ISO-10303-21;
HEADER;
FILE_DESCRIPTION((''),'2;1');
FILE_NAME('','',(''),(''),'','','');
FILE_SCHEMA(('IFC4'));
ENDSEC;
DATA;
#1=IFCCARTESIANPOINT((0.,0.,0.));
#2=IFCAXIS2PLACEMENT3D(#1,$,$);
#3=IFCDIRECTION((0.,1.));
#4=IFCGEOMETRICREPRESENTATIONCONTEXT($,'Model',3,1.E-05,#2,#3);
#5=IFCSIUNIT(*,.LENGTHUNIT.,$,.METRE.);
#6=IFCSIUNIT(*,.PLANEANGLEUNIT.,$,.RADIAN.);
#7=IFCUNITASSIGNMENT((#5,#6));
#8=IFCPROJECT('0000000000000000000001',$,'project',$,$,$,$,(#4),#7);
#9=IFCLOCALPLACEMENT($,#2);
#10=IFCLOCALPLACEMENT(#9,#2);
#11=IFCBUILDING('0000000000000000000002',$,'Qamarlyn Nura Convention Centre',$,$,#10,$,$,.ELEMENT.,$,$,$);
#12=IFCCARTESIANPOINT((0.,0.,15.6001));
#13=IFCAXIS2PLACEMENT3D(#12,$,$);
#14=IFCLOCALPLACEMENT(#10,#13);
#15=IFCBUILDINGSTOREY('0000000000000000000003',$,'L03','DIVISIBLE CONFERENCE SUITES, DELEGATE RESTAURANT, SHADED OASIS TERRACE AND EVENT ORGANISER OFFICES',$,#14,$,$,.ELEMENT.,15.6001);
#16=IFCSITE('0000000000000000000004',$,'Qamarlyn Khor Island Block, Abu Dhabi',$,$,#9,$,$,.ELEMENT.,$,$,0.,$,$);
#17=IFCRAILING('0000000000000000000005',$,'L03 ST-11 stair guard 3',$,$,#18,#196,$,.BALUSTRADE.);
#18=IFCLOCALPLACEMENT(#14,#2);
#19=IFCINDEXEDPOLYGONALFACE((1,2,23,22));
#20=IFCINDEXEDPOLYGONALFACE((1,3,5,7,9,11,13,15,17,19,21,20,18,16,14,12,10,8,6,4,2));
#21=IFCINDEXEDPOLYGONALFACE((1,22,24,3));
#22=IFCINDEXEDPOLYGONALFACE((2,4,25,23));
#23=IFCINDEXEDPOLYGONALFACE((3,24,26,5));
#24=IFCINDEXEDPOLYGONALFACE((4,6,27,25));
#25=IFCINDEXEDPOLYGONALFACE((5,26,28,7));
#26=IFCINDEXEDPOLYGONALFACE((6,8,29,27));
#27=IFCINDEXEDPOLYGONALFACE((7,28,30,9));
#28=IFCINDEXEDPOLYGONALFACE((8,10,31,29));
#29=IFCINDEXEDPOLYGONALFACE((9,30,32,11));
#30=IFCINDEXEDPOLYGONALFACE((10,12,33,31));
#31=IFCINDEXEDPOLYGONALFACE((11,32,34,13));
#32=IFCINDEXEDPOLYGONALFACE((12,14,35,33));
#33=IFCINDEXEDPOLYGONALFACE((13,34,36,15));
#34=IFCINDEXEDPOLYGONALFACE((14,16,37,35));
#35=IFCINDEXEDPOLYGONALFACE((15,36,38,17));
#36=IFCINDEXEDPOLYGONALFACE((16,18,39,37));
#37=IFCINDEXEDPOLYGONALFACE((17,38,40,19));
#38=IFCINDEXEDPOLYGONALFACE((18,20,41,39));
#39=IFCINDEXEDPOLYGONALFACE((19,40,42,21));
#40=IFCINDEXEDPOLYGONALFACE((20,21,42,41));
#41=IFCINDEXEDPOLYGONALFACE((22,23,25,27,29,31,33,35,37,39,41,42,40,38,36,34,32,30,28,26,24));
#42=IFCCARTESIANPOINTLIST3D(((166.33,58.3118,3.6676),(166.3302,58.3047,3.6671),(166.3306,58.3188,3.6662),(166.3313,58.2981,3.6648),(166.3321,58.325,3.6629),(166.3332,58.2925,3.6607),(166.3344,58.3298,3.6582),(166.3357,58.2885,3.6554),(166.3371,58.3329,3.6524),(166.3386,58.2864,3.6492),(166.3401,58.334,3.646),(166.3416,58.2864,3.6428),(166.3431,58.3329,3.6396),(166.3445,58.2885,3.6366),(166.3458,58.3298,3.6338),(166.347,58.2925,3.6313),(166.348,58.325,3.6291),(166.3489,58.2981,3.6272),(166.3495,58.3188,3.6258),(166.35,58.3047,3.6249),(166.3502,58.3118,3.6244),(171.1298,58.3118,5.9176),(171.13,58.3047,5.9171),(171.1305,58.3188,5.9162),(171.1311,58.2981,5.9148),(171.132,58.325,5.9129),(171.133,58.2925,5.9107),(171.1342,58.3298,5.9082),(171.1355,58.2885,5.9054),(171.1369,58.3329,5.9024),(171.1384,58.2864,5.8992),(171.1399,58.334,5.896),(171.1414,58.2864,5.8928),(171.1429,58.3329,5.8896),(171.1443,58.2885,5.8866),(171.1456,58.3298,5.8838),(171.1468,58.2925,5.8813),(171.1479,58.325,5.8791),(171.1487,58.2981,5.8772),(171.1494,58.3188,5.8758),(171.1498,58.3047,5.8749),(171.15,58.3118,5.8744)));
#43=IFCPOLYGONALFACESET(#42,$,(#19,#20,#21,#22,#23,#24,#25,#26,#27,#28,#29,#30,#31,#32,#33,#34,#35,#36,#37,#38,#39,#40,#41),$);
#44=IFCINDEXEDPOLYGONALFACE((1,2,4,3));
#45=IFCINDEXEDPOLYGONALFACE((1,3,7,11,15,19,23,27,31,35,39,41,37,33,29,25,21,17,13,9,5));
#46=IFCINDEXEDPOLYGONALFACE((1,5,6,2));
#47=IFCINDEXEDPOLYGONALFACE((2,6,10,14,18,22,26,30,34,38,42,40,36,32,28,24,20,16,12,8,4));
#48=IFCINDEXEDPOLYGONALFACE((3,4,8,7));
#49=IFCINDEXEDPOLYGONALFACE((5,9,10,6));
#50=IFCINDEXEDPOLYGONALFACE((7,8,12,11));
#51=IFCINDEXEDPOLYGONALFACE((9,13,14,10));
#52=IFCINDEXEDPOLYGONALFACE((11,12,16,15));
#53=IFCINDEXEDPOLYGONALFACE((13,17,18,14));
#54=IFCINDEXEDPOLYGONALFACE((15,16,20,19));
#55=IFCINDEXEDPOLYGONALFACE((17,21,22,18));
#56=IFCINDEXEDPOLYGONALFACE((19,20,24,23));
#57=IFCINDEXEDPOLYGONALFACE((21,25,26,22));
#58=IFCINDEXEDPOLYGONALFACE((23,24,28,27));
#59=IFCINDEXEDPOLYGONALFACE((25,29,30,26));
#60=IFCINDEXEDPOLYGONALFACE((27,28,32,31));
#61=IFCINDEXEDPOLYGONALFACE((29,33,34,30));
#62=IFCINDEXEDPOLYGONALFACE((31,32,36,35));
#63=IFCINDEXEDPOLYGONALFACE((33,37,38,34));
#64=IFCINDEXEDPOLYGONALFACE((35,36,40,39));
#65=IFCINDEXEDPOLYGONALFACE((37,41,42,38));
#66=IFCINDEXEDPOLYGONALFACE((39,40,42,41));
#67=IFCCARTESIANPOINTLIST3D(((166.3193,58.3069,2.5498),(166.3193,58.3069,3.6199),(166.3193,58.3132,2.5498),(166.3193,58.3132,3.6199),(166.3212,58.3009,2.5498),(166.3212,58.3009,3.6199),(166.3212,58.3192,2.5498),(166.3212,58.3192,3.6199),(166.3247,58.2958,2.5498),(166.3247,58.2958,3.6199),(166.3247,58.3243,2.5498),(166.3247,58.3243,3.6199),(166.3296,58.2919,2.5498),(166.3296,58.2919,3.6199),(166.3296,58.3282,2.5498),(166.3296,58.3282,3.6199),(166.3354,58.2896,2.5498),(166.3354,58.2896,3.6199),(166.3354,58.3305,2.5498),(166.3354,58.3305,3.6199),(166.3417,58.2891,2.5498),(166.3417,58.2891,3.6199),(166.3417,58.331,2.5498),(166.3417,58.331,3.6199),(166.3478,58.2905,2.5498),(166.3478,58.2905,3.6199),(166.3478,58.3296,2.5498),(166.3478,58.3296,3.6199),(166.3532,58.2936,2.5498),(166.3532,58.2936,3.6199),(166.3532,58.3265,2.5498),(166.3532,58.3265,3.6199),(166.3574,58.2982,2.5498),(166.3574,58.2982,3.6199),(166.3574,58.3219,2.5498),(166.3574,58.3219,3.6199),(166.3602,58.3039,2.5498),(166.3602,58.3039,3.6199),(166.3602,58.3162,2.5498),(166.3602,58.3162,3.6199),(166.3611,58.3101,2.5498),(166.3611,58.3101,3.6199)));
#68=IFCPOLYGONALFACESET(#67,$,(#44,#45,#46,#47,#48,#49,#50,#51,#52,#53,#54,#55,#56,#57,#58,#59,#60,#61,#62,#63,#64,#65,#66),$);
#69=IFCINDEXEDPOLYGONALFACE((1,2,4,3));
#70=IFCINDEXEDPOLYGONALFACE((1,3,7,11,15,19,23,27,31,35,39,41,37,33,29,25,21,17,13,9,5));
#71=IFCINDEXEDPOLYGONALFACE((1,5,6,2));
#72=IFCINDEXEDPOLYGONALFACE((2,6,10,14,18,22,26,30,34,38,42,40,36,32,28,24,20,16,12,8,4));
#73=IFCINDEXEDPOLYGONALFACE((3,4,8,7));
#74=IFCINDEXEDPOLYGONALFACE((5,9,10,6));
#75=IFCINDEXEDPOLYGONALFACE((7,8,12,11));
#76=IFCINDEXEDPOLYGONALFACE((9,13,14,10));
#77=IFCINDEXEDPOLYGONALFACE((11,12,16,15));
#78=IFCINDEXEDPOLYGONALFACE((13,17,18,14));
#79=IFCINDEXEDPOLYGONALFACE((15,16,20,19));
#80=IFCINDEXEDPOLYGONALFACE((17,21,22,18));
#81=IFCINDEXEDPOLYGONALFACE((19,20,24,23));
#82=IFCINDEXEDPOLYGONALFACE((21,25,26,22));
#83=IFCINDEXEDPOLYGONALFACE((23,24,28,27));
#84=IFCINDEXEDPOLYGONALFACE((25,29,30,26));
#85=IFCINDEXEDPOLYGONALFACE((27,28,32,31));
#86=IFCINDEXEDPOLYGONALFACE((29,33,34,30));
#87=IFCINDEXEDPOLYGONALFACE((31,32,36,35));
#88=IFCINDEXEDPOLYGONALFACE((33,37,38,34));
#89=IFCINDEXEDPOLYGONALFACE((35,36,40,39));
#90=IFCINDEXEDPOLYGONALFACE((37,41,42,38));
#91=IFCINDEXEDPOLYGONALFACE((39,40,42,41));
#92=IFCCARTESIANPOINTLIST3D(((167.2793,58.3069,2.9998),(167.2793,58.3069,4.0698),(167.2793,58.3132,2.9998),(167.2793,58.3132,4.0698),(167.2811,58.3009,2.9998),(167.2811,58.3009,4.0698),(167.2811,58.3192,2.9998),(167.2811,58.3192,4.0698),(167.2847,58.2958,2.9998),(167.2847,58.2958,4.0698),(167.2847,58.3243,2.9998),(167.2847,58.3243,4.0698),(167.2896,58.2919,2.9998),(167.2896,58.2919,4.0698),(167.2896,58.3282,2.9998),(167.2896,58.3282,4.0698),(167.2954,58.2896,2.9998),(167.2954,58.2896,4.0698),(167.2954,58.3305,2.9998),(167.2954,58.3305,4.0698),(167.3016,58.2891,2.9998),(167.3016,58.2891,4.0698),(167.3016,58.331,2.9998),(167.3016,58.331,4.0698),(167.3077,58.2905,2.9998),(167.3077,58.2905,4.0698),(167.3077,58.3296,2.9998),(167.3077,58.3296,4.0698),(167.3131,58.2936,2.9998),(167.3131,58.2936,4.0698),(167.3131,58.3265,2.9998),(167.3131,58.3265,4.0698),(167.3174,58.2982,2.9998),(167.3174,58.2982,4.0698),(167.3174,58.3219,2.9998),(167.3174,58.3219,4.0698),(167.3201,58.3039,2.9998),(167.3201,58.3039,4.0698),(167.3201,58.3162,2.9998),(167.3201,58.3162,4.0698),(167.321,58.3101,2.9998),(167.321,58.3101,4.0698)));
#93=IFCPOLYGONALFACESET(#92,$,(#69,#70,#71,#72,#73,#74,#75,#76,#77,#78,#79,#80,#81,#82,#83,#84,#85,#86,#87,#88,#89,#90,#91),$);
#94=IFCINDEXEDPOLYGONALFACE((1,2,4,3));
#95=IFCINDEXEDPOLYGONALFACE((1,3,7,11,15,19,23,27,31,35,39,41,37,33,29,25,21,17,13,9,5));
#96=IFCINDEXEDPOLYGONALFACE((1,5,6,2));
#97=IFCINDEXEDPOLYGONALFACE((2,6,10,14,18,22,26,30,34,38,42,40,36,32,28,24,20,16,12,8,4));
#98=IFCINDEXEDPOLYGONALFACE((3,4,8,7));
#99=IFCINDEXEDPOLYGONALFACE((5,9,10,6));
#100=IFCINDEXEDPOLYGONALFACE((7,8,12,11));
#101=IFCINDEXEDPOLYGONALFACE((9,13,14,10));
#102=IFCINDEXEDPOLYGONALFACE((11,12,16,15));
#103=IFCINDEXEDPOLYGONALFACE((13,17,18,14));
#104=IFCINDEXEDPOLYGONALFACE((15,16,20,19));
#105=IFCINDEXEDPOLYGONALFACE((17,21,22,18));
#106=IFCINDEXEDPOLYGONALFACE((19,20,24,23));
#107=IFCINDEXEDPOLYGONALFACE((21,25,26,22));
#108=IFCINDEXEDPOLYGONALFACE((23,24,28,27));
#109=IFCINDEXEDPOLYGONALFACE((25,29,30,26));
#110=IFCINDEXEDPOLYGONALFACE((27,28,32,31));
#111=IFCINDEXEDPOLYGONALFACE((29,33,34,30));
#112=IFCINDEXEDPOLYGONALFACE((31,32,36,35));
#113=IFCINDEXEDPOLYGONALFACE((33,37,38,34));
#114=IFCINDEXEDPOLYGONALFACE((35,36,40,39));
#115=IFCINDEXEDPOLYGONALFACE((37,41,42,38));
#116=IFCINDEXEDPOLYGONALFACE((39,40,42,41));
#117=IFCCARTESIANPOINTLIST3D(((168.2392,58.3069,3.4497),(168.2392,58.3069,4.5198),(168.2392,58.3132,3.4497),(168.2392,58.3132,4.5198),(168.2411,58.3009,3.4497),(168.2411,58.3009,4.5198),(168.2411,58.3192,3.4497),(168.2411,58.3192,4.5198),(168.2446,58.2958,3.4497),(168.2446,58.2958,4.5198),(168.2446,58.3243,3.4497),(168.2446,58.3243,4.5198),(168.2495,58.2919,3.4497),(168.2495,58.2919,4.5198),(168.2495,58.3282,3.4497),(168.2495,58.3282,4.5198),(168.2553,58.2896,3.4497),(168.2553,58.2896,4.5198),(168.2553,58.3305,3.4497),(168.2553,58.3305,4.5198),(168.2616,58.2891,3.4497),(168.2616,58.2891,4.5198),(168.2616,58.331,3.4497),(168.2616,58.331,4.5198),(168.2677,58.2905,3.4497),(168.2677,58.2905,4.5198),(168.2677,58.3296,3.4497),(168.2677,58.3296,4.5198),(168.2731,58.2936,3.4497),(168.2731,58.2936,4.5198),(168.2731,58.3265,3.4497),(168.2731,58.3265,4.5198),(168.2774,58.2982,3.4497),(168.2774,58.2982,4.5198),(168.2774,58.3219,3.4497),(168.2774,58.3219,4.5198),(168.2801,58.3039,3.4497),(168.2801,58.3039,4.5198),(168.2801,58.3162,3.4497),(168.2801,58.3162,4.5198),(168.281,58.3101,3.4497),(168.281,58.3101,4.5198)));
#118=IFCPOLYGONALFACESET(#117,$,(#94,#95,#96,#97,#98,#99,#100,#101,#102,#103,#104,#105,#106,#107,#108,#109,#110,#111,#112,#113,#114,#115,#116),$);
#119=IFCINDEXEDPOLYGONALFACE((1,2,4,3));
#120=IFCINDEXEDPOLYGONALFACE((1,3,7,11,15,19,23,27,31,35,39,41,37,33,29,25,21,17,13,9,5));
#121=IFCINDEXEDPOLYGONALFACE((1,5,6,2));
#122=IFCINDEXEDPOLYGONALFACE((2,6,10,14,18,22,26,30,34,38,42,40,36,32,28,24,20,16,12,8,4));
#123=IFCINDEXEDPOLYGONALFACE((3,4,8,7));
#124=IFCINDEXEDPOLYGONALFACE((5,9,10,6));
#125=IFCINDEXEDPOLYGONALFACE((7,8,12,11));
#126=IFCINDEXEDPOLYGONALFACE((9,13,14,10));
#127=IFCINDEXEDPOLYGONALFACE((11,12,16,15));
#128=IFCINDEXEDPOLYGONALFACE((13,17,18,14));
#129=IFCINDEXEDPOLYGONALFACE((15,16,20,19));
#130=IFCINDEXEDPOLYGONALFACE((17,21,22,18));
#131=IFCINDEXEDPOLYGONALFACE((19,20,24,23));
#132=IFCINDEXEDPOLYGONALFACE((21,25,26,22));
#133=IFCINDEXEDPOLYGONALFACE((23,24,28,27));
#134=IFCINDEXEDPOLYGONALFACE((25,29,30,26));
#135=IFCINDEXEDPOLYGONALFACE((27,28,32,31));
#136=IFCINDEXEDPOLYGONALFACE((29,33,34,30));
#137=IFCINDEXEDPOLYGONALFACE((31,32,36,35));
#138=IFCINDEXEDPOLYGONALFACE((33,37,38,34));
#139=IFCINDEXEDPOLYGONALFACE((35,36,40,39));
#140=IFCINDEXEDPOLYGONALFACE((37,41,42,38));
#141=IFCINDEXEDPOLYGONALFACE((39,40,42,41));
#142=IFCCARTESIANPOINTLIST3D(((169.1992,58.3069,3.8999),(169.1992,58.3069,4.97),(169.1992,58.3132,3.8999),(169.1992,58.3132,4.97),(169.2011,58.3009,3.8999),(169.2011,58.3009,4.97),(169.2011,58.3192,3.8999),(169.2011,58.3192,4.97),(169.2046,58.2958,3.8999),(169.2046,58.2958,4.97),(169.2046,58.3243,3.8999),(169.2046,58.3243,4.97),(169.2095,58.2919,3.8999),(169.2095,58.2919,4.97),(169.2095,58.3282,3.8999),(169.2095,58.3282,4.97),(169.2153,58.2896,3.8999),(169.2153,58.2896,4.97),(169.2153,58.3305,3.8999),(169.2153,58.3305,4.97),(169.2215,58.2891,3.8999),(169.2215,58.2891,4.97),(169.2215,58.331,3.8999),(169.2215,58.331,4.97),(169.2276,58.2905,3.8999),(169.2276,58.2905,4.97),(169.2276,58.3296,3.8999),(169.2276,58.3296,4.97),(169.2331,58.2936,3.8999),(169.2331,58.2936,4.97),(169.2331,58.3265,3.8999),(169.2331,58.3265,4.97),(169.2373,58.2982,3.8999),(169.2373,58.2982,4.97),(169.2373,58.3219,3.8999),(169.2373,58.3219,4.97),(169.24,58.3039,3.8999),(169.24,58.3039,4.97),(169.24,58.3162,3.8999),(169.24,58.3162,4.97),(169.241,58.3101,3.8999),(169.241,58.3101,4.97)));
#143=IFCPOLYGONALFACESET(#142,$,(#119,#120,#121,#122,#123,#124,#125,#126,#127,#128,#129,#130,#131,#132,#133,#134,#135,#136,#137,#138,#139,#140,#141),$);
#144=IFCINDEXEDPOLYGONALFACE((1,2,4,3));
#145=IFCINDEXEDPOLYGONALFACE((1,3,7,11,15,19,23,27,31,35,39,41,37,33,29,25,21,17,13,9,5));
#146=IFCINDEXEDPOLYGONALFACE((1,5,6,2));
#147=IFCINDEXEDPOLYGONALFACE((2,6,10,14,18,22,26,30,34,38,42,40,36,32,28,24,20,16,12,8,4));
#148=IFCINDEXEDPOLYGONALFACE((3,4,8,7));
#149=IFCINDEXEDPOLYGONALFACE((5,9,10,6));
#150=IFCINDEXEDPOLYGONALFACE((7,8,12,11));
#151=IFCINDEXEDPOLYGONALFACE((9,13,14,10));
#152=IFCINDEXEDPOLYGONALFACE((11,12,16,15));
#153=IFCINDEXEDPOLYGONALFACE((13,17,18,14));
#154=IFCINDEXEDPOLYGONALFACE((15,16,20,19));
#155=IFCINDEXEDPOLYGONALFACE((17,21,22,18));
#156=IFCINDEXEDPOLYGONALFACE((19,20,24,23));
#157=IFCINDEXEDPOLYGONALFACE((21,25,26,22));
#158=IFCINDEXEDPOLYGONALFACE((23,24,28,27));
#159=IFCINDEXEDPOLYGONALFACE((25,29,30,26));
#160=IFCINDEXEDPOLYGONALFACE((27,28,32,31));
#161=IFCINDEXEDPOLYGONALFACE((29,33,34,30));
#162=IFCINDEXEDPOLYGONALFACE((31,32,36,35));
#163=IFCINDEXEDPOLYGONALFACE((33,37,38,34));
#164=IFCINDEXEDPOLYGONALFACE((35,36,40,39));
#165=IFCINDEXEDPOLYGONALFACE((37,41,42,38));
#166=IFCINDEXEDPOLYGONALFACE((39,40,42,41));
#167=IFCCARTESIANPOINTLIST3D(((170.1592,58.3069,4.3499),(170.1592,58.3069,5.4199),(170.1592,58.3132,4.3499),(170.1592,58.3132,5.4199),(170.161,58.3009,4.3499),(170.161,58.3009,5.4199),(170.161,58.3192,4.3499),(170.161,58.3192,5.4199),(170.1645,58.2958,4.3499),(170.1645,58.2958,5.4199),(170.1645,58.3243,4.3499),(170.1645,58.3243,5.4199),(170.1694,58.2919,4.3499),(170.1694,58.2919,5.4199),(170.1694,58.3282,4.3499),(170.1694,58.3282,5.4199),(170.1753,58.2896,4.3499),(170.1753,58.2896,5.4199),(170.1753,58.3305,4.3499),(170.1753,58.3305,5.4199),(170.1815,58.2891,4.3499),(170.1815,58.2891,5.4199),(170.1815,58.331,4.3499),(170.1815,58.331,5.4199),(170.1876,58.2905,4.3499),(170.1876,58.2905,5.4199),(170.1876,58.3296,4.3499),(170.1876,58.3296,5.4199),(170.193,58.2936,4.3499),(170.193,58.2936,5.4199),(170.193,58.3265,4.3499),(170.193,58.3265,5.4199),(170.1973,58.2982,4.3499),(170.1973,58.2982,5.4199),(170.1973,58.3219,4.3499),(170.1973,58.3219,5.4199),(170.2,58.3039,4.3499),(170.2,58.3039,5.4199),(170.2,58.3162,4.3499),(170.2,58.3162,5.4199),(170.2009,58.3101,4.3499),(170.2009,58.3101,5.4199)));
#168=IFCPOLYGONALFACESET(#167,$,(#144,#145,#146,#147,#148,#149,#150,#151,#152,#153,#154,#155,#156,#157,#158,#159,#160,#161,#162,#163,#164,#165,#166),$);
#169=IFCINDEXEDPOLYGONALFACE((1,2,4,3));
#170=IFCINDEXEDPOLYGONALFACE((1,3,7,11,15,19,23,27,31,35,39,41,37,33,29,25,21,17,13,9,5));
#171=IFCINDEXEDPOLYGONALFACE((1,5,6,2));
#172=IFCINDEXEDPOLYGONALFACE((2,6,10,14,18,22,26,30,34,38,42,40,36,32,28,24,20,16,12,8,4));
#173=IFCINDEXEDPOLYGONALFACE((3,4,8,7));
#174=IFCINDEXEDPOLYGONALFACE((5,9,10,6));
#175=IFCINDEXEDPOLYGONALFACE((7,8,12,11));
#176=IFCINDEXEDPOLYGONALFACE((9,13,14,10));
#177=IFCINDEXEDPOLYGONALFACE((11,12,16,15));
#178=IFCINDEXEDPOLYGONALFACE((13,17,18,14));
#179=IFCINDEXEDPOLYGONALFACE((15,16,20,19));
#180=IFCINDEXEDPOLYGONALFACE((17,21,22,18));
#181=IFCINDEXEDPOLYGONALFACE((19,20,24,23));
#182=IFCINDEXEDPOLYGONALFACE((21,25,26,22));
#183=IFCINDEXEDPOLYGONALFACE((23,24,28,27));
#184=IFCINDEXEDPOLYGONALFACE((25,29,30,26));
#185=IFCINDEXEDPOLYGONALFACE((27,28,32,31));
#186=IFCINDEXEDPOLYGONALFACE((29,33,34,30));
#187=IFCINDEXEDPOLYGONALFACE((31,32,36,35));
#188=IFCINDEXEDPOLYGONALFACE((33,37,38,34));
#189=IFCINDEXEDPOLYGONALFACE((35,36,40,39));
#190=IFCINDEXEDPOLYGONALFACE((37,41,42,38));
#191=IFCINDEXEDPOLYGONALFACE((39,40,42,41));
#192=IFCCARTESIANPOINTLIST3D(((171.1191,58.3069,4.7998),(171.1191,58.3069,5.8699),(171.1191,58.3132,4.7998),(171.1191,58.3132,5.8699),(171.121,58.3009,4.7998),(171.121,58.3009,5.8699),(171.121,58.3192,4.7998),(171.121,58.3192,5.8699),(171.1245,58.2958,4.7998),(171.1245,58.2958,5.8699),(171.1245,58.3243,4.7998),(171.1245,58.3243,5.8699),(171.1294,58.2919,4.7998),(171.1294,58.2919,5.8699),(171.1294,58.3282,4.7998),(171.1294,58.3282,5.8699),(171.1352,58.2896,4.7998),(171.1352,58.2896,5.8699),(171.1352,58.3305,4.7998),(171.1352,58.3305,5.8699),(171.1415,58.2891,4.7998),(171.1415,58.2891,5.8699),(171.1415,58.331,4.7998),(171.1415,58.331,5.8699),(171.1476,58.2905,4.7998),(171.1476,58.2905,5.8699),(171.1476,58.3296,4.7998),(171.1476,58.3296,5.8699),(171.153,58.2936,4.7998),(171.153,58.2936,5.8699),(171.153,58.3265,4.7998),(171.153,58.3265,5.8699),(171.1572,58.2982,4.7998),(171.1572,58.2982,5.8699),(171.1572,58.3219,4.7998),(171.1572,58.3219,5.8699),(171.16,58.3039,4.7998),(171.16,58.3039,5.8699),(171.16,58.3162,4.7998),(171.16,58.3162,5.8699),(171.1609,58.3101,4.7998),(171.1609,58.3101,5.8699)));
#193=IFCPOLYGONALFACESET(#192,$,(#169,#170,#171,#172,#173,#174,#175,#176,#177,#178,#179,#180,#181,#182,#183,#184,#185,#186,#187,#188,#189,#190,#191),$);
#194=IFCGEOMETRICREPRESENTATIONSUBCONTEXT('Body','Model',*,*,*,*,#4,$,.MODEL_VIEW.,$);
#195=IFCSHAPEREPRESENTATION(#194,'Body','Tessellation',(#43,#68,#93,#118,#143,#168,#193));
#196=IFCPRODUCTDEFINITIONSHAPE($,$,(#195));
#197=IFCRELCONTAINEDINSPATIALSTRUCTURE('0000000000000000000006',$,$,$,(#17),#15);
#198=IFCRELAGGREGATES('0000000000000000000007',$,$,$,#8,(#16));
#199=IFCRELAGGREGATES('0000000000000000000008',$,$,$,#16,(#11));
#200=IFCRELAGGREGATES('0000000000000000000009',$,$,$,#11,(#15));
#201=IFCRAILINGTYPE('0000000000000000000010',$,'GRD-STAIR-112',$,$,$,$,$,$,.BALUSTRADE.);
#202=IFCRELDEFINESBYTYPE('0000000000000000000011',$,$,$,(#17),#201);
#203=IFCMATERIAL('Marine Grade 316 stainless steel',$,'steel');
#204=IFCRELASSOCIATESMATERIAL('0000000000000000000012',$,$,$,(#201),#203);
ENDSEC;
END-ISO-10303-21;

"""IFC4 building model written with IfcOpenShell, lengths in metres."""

from ifc_helpers import new_model, si_unit, direction, frame, origin, origin_2d, place, context, subcontext, project, spatial, circle, extrude, material, type_object, element, save


model = new_model("IFC4")

# Units and contexts
model_context = context("Model", 3, precision=1e-05, world=origin(), true_north=direction((0.0, 1.0)))
body_context = subcontext(model_context, "Body", "Model", "MODEL_VIEW")
ifc_project = project(units=[si_unit("LENGTHUNIT", "METRE"), si_unit("PLANEANGLEUNIT", "RADIAN")], contexts=[model_context])

# Site, building, storey
site_placement = place(None, origin())
site = spatial("IfcSite", under=ifc_project, at=site_placement, Name="Qamarlyn Khor Island Block, Abu Dhabi", CompositionType="ELEMENT", RefElevation=0.0)
building_placement = place(site_placement, origin())
building = spatial("IfcBuilding", under=site, at=building_placement, Name="Qamarlyn Nura Convention Centre", CompositionType="ELEMENT")
storey_placement = place(building_placement, frame((0.0, 0.0, 15.6001)))
storey = spatial("IfcBuildingStorey", under=building, at=storey_placement, Name="L03", Description="DIVISIBLE CONFERENCE SUITES, DELEGATE RESTAURANT, SHADED OASIS TERRACE AND EVENT ORGANISER OFFICES", CompositionType="ELEMENT", Elevation=15.6001)

# Railing
ifc_material_1 = material(Name="Marine Grade 316 stainless steel", Category="steel")
railing_type_1 = type_object("IfcRailingType", Name="GRD-STAIR-112", PredefinedType="BALUSTRADE", material=ifc_material_1)
railing_1_placement = place(storey_placement, frame((166.3401, 58.3101, 2.5498)))
element("IfcRailing", 1, at=railing_1_placement, inside=storey, type_object=railing_type_1, Name="L03 ST-11 stair guard 3", PredefinedType="BALUSTRADE", context=body_context, shape_type="SweptSolid", body=[
    extrude(circle(Radius=0.0239, at=origin_2d()), frame((0.0, 0.0, 1.0962), z_axis=(0.905452, 0.0, 0.424448), x_axis=(0.0, 1.0, 0.0)), (0.0, 0.0, 1.0), 5.301),
    extrude(circle(Radius=0.021, at=origin_2d()), origin(), (0.0, 0.0, 1.0), 1.0701),
    extrude(circle(Radius=0.021, at=origin_2d()), frame((0.96, 0.0, 0.45)), (0.0, 0.0, 1.0), 1.0701),
    extrude(circle(Radius=0.021, at=origin_2d()), frame((1.9199, 0.0, 0.8999)), (0.0, 0.0, 1.0), 1.0701),
    extrude(circle(Radius=0.021, at=origin_2d()), frame((2.8799, 0.0, 1.3501)), (0.0, 0.0, 1.0), 1.0701),
    extrude(circle(Radius=0.021, at=origin_2d()), frame((3.8398, 0.0, 1.8)), (0.0, 0.0, 1.0), 1.0701),
    extrude(circle(Radius=0.021, at=origin_2d()), frame((4.7998, 0.0, 2.25)), (0.0, 0.0, 1.0), 1.0701),
])

save(model, "model.ifc")
